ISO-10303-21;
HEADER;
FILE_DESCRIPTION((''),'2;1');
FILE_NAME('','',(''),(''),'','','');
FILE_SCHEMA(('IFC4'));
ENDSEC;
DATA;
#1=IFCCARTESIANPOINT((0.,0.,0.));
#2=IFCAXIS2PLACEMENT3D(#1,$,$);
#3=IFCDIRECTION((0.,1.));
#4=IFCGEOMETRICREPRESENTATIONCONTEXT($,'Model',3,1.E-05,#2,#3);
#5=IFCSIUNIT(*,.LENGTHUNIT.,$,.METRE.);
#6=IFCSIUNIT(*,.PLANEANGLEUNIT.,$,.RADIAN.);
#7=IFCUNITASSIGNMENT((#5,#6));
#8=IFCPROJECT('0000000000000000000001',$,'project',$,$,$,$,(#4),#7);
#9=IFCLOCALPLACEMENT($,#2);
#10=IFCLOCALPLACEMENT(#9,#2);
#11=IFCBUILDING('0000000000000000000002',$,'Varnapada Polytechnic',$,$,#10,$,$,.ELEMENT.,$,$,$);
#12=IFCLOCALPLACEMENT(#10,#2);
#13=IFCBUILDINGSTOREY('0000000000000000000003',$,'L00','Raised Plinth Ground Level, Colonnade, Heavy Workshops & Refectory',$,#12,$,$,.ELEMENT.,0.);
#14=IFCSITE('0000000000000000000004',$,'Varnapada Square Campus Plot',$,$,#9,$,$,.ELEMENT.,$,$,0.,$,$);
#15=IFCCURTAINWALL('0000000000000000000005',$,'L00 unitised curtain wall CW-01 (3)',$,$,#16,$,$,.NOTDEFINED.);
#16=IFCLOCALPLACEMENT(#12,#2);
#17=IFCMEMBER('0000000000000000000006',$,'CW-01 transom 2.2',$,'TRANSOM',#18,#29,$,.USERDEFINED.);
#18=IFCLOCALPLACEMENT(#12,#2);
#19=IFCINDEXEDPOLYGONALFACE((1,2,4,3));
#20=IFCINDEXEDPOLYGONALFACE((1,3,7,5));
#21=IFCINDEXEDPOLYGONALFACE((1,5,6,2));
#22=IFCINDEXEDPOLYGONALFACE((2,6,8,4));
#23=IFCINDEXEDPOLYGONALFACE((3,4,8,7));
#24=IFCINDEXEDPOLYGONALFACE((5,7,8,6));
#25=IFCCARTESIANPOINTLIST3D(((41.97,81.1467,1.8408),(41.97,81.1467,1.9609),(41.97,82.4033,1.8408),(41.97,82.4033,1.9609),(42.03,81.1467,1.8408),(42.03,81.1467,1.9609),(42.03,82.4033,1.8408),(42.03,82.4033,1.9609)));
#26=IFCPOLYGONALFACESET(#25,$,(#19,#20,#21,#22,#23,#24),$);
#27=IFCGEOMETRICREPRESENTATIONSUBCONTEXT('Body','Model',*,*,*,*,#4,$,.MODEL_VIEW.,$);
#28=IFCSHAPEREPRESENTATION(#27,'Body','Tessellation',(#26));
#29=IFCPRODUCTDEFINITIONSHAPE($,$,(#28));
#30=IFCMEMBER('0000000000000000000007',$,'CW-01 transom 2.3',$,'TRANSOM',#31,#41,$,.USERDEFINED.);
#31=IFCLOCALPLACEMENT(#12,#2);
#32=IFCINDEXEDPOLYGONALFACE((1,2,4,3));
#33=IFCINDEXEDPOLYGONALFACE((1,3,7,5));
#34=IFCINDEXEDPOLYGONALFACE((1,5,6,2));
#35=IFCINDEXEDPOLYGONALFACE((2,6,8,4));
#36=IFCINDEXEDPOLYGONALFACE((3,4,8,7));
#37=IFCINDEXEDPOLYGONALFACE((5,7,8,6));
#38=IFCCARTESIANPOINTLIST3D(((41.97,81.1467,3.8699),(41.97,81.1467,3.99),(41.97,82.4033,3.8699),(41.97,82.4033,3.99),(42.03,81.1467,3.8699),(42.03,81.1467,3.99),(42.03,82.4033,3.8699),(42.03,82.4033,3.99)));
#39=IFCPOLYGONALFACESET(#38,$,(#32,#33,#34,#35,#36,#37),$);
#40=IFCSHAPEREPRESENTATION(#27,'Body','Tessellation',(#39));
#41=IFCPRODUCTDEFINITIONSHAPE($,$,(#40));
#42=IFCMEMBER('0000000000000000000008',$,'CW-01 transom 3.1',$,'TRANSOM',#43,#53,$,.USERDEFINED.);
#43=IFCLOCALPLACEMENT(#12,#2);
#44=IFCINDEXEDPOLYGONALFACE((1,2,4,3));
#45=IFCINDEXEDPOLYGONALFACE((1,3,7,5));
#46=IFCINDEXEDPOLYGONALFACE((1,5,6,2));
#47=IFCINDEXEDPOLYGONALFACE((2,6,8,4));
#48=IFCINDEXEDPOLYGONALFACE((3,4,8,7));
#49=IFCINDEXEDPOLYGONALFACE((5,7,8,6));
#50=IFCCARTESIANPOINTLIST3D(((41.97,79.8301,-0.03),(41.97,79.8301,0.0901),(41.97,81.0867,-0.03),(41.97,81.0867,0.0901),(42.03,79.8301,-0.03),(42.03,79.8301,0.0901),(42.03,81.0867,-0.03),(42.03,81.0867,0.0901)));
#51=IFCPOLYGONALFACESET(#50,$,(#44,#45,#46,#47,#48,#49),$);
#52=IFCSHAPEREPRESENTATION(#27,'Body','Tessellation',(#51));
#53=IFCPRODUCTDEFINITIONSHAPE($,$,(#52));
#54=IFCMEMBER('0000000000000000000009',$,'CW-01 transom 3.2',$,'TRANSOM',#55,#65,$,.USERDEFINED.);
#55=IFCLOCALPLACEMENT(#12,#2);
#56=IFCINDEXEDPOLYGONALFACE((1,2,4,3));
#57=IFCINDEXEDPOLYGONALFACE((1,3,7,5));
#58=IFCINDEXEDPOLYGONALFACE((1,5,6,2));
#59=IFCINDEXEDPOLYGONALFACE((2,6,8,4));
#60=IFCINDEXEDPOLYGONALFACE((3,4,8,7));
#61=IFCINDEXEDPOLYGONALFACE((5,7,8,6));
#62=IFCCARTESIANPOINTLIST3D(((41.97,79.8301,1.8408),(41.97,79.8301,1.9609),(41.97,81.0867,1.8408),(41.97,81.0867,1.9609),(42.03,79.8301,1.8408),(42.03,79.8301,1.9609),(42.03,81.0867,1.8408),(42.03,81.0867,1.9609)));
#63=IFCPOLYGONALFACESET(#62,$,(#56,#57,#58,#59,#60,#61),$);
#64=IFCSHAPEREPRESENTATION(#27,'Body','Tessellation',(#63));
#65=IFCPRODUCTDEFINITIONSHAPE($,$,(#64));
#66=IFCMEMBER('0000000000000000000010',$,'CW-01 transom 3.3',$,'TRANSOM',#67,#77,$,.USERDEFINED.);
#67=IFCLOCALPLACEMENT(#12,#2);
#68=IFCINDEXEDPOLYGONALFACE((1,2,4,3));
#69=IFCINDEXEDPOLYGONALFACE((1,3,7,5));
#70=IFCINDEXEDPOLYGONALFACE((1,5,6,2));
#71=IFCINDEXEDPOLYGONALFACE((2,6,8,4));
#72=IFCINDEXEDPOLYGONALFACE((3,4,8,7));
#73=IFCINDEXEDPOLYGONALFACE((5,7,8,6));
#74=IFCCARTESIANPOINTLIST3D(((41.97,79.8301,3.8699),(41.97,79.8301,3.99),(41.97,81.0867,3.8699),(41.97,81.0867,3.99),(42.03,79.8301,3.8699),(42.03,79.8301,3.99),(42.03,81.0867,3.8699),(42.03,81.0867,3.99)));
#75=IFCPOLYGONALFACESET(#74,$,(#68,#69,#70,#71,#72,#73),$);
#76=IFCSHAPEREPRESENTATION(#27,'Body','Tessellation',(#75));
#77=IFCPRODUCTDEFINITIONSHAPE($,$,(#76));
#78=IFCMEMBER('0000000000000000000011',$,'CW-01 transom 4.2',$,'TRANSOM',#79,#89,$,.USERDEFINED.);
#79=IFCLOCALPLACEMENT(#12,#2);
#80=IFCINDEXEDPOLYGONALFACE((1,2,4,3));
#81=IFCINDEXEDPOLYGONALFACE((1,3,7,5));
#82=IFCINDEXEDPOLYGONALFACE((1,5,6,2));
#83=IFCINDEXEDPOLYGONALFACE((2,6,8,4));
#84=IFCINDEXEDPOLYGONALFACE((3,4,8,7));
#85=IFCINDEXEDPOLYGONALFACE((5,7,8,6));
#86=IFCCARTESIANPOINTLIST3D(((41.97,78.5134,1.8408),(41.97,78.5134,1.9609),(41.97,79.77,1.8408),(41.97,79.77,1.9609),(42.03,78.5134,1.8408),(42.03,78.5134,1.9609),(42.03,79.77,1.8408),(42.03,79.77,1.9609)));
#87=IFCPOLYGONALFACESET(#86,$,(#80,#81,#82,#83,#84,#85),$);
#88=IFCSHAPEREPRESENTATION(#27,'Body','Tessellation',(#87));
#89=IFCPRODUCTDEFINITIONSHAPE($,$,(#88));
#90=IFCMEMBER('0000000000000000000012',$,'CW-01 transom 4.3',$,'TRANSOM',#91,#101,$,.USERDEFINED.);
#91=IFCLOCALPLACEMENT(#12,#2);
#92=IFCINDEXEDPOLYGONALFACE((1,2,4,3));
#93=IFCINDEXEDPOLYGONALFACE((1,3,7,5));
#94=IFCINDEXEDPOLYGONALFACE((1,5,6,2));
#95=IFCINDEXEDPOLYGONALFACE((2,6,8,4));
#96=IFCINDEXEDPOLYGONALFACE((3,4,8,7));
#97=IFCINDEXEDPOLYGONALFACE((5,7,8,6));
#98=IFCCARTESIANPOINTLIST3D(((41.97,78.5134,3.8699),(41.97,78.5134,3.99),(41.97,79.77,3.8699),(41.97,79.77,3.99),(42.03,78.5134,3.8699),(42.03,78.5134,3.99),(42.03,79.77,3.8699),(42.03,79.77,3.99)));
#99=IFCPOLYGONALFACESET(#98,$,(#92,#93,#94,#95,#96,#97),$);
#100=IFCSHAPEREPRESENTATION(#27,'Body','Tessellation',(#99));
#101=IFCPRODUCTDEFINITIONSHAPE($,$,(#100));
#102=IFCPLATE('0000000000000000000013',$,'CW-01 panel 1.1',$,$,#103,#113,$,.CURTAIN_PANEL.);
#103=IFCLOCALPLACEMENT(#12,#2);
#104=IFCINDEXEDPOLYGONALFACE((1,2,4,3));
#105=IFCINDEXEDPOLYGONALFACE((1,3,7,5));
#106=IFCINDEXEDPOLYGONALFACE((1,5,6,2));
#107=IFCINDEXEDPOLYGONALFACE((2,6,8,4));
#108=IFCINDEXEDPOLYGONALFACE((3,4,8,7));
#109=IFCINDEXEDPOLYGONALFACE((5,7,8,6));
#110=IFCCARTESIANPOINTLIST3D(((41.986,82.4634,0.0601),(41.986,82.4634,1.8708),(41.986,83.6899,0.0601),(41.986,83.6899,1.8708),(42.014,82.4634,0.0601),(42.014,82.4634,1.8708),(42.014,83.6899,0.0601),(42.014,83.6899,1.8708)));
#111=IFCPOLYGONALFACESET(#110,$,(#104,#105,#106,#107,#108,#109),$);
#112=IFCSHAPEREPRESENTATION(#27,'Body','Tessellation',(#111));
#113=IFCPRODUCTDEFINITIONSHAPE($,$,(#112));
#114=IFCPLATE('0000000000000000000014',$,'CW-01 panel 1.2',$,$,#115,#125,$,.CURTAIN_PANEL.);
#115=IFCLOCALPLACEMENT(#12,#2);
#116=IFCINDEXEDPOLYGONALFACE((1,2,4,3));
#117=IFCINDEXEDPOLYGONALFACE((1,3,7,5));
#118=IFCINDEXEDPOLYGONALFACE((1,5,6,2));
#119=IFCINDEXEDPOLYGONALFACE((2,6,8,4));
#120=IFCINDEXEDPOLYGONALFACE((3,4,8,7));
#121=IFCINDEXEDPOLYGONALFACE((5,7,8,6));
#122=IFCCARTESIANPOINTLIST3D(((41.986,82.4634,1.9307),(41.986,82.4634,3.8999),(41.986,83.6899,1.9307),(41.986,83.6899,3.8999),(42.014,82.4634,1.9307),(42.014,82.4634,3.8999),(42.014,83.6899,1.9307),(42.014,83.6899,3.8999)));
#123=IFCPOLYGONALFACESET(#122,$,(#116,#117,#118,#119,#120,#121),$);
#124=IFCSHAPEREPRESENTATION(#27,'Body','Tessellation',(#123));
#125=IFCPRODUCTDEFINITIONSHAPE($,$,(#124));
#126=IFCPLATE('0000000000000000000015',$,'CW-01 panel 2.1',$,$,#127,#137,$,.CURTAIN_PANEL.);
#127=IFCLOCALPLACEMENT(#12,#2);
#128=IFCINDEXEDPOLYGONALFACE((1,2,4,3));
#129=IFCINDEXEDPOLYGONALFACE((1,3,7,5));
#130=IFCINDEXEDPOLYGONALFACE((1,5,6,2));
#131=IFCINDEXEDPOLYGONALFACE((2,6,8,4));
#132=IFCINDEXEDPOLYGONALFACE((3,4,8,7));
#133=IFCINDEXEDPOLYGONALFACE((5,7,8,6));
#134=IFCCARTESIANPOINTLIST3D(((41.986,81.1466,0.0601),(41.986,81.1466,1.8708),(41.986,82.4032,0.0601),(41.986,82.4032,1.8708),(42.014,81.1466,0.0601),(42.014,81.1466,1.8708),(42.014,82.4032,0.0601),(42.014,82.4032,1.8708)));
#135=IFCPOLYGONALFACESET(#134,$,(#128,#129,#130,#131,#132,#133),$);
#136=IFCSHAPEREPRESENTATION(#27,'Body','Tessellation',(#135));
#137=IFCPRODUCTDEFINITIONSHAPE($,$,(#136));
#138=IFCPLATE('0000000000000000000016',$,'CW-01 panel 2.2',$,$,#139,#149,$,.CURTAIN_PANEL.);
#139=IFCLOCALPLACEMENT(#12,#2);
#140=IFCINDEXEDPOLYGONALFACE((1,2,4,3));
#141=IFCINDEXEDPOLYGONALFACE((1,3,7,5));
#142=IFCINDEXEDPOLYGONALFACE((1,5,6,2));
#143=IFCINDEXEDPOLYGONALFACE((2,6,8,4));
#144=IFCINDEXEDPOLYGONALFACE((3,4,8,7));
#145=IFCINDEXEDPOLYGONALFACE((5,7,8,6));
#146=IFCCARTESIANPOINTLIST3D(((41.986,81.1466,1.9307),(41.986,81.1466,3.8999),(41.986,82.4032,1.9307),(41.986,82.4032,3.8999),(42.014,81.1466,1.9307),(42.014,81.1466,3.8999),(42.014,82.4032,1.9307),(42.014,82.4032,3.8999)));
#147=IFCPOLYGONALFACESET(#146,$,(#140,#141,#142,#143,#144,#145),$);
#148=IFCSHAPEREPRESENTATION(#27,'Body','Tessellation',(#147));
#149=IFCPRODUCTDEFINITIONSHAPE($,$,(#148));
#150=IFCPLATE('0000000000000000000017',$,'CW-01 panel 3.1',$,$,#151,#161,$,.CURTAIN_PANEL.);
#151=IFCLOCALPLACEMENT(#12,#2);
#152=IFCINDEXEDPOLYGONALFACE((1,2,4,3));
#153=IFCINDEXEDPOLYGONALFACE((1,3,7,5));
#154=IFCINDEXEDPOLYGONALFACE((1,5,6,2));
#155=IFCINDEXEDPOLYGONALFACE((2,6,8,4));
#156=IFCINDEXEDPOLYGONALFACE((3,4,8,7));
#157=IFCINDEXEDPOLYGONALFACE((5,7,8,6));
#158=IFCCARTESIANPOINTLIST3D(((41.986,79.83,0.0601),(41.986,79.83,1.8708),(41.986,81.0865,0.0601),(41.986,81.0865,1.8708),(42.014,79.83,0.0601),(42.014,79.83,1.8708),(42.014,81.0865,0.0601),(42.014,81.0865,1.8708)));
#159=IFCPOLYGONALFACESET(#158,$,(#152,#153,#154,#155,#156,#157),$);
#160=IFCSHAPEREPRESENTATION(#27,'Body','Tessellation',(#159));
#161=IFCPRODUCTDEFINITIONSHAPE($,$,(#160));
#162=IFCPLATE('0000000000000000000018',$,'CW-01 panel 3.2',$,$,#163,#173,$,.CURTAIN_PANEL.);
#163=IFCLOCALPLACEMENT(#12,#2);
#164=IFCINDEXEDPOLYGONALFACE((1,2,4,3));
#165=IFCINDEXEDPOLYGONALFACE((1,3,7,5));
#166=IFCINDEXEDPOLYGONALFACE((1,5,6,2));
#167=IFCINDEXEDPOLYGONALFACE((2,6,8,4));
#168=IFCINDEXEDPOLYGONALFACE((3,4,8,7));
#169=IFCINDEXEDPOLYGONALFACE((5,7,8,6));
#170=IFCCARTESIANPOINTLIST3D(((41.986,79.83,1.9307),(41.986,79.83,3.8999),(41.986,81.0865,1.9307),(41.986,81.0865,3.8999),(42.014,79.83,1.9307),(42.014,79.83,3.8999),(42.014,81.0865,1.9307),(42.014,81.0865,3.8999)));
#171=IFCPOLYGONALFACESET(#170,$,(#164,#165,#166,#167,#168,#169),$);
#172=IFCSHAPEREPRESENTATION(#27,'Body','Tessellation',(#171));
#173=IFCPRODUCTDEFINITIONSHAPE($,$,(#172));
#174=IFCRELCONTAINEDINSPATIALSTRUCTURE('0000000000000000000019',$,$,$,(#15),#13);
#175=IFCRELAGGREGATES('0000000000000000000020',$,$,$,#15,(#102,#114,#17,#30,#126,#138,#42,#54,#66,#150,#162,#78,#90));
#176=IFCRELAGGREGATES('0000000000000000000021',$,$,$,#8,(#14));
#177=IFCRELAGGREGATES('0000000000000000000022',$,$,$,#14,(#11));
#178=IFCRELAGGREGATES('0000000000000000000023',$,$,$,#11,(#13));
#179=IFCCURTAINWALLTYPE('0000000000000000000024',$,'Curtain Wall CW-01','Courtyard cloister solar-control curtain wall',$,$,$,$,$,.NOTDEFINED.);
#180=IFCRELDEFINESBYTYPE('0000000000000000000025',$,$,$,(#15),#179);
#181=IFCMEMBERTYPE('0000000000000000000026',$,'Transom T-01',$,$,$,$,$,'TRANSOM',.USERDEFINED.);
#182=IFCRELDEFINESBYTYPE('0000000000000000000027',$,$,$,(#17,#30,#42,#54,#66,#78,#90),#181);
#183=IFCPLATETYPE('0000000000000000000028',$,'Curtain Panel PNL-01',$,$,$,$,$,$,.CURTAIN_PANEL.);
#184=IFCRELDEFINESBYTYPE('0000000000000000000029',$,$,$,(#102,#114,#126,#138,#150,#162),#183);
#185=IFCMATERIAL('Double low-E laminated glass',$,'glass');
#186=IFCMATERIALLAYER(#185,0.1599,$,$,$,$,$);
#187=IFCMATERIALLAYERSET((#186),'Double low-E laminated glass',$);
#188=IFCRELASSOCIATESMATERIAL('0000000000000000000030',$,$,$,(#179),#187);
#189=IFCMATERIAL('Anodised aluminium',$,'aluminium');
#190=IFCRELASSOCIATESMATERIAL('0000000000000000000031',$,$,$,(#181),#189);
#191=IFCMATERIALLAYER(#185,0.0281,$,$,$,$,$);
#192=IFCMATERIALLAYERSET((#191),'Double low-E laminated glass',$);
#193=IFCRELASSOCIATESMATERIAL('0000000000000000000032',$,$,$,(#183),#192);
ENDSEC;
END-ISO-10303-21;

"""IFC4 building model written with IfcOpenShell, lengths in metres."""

from ifc_helpers import new_model, si_unit, direction, frame, origin, origin_2d, place, context, subcontext, project, spatial, rectangle, extrude, material, layer, layer_set, material_profile, profile_set, type_object, element, aggregate, save


model = new_model("IFC4")

# Units and contexts
model_context = context("Model", 3, precision=1e-05, world=origin(), true_north=direction((0.0, 1.0)))
body_context = subcontext(model_context, "Body", "Model", "MODEL_VIEW")
ifc_project = project(units=[si_unit("LENGTHUNIT", "METRE"), si_unit("PLANEANGLEUNIT", "RADIAN")], contexts=[model_context])

# Site, building, storey
site_placement = place(None, origin())
site = spatial("IfcSite", under=ifc_project, at=site_placement, Name="Varnapada Square Campus Plot", CompositionType="ELEMENT", RefElevation=0.0)
building_placement = place(site_placement, origin())
building = spatial("IfcBuilding", under=site, at=building_placement, Name="Varnapada Polytechnic", CompositionType="ELEMENT")
storey_placement = place(building_placement, origin())
storey = spatial("IfcBuildingStorey", under=building, at=storey_placement, Name="L00", Description="Raised Plinth Ground Level, Colonnade, Heavy Workshops & Refectory", CompositionType="ELEMENT", Elevation=0.0)

# Curtain wall
ifc_material_1 = material(Name="Double low-E laminated glass", Category="glass")
ifc_layer_1 = layer(ifc_material_1, 0.1599)
ifc_layer_set_1 = layer_set([ifc_layer_1], Name="Double low-E laminated glass")
curtain_wall_type = type_object("IfcCurtainWallType", Name="Curtain Wall CW-01", Description="Courtyard cloister solar-control curtain wall", PredefinedType="NOTDEFINED", material=ifc_layer_set_1)
curtain_wall_placement = place(storey_placement, origin())
curtain_wall = element("IfcCurtainWall", 1, at=curtain_wall_placement, inside=storey, type_object=curtain_wall_type, Name="L00 unitised curtain wall CW-01 (3)", PredefinedType="NOTDEFINED")
ifc_material_2 = material(Name="Anodised aluminium", Category="aluminium")

# Members
ifc_material_profile_1 = material_profile(ifc_material_2, rectangle(XDim=0.0601, YDim=0.1201, at=origin_2d()), Name="ALU T60x120")
ifc_profile_set_1 = profile_set([ifc_material_profile_1], Name="Anodised aluminium")
member_type_1 = type_object("IfcMemberType", Name="Transom T-01", ElementType="TRANSOM", PredefinedType="USERDEFINED", material=ifc_profile_set_1)
member_1_placement = place(storey_placement, frame((42.0, 82.4033, 1.9009), z_axis=(0.0, -1.0, 0.0), x_axis=(1.0, 0.0, 0.0)))
member_1 = element("IfcMember", 2, at=member_1_placement, type_object=member_type_1, Name="CW-01 transom 2.2", ObjectType="TRANSOM", PredefinedType="USERDEFINED", context=body_context, shape_type="SweptSolid", body=[
    extrude(rectangle(XDim=0.0601, YDim=0.1201, at=origin_2d()), origin(), (0.0, 0.0, 1.0), 1.2566),
])
member_2_placement = place(storey_placement, frame((42.0, 82.4033, 3.9299), z_axis=(0.0, -1.0, 0.0), x_axis=(1.0, 0.0, 0.0)))
member_2 = element("IfcMember", 3, at=member_2_placement, type_object=member_type_1, Name="CW-01 transom 2.3", ObjectType="TRANSOM", PredefinedType="USERDEFINED", context=body_context, shape_type="SweptSolid", body=[
    extrude(rectangle(XDim=0.0601, YDim=0.1201, at=origin_2d()), origin(), (0.0, 0.0, 1.0), 1.2566),
])
member_3_placement = place(storey_placement, frame((42.0, 81.0867, 0.03), z_axis=(0.0, -1.0, 0.0), x_axis=(1.0, 0.0, 0.0)))
member_3 = element("IfcMember", 4, at=member_3_placement, type_object=member_type_1, Name="CW-01 transom 3.1", ObjectType="TRANSOM", PredefinedType="USERDEFINED", context=body_context, shape_type="SweptSolid", body=[
    extrude(rectangle(XDim=0.0601, YDim=0.1201, at=origin_2d()), origin(), (0.0, 0.0, 1.0), 1.2566),
])
member_4_placement = place(storey_placement, frame((42.0, 81.0867, 1.9009), z_axis=(0.0, -1.0, 0.0), x_axis=(1.0, 0.0, 0.0)))
member_4 = element("IfcMember", 5, at=member_4_placement, type_object=member_type_1, Name="CW-01 transom 3.2", ObjectType="TRANSOM", PredefinedType="USERDEFINED", context=body_context, shape_type="SweptSolid", body=[
    extrude(rectangle(XDim=0.0601, YDim=0.1201, at=origin_2d()), origin(), (0.0, 0.0, 1.0), 1.2566),
])
member_5_placement = place(storey_placement, frame((42.0, 81.0867, 3.9299), z_axis=(0.0, -1.0, 0.0), x_axis=(1.0, 0.0, 0.0)))
member_5 = element("IfcMember", 6, at=member_5_placement, type_object=member_type_1, Name="CW-01 transom 3.3", ObjectType="TRANSOM", PredefinedType="USERDEFINED", context=body_context, shape_type="SweptSolid", body=[
    extrude(rectangle(XDim=0.0601, YDim=0.1201, at=origin_2d()), origin(), (0.0, 0.0, 1.0), 1.2566),
])
member_6_placement = place(storey_placement, frame((42.0, 79.77, 1.9009), z_axis=(0.0, -1.0, 0.0), x_axis=(1.0, 0.0, 0.0)))
member_6 = element("IfcMember", 7, at=member_6_placement, type_object=member_type_1, Name="CW-01 transom 4.2", ObjectType="TRANSOM", PredefinedType="USERDEFINED", context=body_context, shape_type="SweptSolid", body=[
    extrude(rectangle(XDim=0.0601, YDim=0.1201, at=origin_2d()), origin(), (0.0, 0.0, 1.0), 1.2566),
])
member_7_placement = place(storey_placement, frame((42.0, 79.77, 3.9299), z_axis=(0.0, -1.0, 0.0), x_axis=(1.0, 0.0, 0.0)))
member_7 = element("IfcMember", 8, at=member_7_placement, type_object=member_type_1, Name="CW-01 transom 4.3", ObjectType="TRANSOM", PredefinedType="USERDEFINED", context=body_context, shape_type="SweptSolid", body=[
    extrude(rectangle(XDim=0.0601, YDim=0.1201, at=origin_2d()), origin(), (0.0, 0.0, 1.0), 1.2566),
])

# Plates
ifc_layer_2 = layer(ifc_material_1, 0.0281)
ifc_layer_set_2 = layer_set([ifc_layer_2], Name="Double low-E laminated glass")
plate_type = type_object("IfcPlateType", Name="Curtain Panel PNL-01", PredefinedType="CURTAIN_PANEL", material=ifc_layer_set_2)
plate_1_placement = place(storey_placement, frame((42.0, 83.0767, 0.0601), z_axis=(0.0, 0.0, 1.0), x_axis=(0.0, -1.0, 0.0)))
plate_1 = element("IfcPlate", 9, at=plate_1_placement, type_object=plate_type, Name="CW-01 panel 1.1", PredefinedType="CURTAIN_PANEL", context=body_context, shape_type="SweptSolid", body=[
    extrude(rectangle(XDim=1.2266, YDim=0.0281, at=origin_2d()), origin(), (0.0, 0.0, 1.0), 1.8108),
])
plate_2_placement = place(storey_placement, frame((42.0, 83.0767, 1.9307), z_axis=(0.0, 0.0, 1.0), x_axis=(0.0, -1.0, 0.0)))
plate_2 = element("IfcPlate", 10, at=plate_2_placement, type_object=plate_type, Name="CW-01 panel 1.2", PredefinedType="CURTAIN_PANEL", context=body_context, shape_type="SweptSolid", body=[
    extrude(rectangle(XDim=1.2266, YDim=0.0281, at=origin_2d()), origin(), (0.0, 0.0, 1.0), 1.9692),
])
plate_3_placement = place(storey_placement, frame((42.0, 81.7749, 0.0601), z_axis=(0.0, 0.0, 1.0), x_axis=(0.0, -1.0, 0.0)))
plate_3 = element("IfcPlate", 11, at=plate_3_placement, type_object=plate_type, Name="CW-01 panel 2.1", PredefinedType="CURTAIN_PANEL", context=body_context, shape_type="SweptSolid", body=[
    extrude(rectangle(XDim=1.2566, YDim=0.0281, at=origin_2d()), origin(), (0.0, 0.0, 1.0), 1.8108),
])
plate_4_placement = place(storey_placement, frame((42.0, 81.7749, 1.9307), z_axis=(0.0, 0.0, 1.0), x_axis=(0.0, -1.0, 0.0)))
plate_4 = element("IfcPlate", 12, at=plate_4_placement, type_object=plate_type, Name="CW-01 panel 2.2", PredefinedType="CURTAIN_PANEL", context=body_context, shape_type="SweptSolid", body=[
    extrude(rectangle(XDim=1.2566, YDim=0.0281, at=origin_2d()), origin(), (0.0, 0.0, 1.0), 1.9692),
])
plate_5_placement = place(storey_placement, frame((42.0, 80.4583, 0.0601), z_axis=(0.0, 0.0, 1.0), x_axis=(0.0, -1.0, 0.0)))
plate_5 = element("IfcPlate", 13, at=plate_5_placement, type_object=plate_type, Name="CW-01 panel 3.1", PredefinedType="CURTAIN_PANEL", context=body_context, shape_type="SweptSolid", body=[
    extrude(rectangle(XDim=1.2566, YDim=0.0281, at=origin_2d()), origin(), (0.0, 0.0, 1.0), 1.8108),
])
plate_6_placement = place(storey_placement, frame((42.0, 80.4583, 1.9307), z_axis=(0.0, 0.0, 1.0), x_axis=(0.0, -1.0, 0.0)))
plate_6 = element("IfcPlate", 14, at=plate_6_placement, type_object=plate_type, Name="CW-01 panel 3.2", PredefinedType="CURTAIN_PANEL", context=body_context, shape_type="SweptSolid", body=[
    extrude(rectangle(XDim=1.2566, YDim=0.0281, at=origin_2d()), origin(), (0.0, 0.0, 1.0), 1.9692),
])
aggregate(curtain_wall, [plate_1, plate_2, member_1, member_2, plate_3, plate_4, member_3, member_4, member_5, plate_5, plate_6, member_6, member_7])

save(model, "model.ifc")
